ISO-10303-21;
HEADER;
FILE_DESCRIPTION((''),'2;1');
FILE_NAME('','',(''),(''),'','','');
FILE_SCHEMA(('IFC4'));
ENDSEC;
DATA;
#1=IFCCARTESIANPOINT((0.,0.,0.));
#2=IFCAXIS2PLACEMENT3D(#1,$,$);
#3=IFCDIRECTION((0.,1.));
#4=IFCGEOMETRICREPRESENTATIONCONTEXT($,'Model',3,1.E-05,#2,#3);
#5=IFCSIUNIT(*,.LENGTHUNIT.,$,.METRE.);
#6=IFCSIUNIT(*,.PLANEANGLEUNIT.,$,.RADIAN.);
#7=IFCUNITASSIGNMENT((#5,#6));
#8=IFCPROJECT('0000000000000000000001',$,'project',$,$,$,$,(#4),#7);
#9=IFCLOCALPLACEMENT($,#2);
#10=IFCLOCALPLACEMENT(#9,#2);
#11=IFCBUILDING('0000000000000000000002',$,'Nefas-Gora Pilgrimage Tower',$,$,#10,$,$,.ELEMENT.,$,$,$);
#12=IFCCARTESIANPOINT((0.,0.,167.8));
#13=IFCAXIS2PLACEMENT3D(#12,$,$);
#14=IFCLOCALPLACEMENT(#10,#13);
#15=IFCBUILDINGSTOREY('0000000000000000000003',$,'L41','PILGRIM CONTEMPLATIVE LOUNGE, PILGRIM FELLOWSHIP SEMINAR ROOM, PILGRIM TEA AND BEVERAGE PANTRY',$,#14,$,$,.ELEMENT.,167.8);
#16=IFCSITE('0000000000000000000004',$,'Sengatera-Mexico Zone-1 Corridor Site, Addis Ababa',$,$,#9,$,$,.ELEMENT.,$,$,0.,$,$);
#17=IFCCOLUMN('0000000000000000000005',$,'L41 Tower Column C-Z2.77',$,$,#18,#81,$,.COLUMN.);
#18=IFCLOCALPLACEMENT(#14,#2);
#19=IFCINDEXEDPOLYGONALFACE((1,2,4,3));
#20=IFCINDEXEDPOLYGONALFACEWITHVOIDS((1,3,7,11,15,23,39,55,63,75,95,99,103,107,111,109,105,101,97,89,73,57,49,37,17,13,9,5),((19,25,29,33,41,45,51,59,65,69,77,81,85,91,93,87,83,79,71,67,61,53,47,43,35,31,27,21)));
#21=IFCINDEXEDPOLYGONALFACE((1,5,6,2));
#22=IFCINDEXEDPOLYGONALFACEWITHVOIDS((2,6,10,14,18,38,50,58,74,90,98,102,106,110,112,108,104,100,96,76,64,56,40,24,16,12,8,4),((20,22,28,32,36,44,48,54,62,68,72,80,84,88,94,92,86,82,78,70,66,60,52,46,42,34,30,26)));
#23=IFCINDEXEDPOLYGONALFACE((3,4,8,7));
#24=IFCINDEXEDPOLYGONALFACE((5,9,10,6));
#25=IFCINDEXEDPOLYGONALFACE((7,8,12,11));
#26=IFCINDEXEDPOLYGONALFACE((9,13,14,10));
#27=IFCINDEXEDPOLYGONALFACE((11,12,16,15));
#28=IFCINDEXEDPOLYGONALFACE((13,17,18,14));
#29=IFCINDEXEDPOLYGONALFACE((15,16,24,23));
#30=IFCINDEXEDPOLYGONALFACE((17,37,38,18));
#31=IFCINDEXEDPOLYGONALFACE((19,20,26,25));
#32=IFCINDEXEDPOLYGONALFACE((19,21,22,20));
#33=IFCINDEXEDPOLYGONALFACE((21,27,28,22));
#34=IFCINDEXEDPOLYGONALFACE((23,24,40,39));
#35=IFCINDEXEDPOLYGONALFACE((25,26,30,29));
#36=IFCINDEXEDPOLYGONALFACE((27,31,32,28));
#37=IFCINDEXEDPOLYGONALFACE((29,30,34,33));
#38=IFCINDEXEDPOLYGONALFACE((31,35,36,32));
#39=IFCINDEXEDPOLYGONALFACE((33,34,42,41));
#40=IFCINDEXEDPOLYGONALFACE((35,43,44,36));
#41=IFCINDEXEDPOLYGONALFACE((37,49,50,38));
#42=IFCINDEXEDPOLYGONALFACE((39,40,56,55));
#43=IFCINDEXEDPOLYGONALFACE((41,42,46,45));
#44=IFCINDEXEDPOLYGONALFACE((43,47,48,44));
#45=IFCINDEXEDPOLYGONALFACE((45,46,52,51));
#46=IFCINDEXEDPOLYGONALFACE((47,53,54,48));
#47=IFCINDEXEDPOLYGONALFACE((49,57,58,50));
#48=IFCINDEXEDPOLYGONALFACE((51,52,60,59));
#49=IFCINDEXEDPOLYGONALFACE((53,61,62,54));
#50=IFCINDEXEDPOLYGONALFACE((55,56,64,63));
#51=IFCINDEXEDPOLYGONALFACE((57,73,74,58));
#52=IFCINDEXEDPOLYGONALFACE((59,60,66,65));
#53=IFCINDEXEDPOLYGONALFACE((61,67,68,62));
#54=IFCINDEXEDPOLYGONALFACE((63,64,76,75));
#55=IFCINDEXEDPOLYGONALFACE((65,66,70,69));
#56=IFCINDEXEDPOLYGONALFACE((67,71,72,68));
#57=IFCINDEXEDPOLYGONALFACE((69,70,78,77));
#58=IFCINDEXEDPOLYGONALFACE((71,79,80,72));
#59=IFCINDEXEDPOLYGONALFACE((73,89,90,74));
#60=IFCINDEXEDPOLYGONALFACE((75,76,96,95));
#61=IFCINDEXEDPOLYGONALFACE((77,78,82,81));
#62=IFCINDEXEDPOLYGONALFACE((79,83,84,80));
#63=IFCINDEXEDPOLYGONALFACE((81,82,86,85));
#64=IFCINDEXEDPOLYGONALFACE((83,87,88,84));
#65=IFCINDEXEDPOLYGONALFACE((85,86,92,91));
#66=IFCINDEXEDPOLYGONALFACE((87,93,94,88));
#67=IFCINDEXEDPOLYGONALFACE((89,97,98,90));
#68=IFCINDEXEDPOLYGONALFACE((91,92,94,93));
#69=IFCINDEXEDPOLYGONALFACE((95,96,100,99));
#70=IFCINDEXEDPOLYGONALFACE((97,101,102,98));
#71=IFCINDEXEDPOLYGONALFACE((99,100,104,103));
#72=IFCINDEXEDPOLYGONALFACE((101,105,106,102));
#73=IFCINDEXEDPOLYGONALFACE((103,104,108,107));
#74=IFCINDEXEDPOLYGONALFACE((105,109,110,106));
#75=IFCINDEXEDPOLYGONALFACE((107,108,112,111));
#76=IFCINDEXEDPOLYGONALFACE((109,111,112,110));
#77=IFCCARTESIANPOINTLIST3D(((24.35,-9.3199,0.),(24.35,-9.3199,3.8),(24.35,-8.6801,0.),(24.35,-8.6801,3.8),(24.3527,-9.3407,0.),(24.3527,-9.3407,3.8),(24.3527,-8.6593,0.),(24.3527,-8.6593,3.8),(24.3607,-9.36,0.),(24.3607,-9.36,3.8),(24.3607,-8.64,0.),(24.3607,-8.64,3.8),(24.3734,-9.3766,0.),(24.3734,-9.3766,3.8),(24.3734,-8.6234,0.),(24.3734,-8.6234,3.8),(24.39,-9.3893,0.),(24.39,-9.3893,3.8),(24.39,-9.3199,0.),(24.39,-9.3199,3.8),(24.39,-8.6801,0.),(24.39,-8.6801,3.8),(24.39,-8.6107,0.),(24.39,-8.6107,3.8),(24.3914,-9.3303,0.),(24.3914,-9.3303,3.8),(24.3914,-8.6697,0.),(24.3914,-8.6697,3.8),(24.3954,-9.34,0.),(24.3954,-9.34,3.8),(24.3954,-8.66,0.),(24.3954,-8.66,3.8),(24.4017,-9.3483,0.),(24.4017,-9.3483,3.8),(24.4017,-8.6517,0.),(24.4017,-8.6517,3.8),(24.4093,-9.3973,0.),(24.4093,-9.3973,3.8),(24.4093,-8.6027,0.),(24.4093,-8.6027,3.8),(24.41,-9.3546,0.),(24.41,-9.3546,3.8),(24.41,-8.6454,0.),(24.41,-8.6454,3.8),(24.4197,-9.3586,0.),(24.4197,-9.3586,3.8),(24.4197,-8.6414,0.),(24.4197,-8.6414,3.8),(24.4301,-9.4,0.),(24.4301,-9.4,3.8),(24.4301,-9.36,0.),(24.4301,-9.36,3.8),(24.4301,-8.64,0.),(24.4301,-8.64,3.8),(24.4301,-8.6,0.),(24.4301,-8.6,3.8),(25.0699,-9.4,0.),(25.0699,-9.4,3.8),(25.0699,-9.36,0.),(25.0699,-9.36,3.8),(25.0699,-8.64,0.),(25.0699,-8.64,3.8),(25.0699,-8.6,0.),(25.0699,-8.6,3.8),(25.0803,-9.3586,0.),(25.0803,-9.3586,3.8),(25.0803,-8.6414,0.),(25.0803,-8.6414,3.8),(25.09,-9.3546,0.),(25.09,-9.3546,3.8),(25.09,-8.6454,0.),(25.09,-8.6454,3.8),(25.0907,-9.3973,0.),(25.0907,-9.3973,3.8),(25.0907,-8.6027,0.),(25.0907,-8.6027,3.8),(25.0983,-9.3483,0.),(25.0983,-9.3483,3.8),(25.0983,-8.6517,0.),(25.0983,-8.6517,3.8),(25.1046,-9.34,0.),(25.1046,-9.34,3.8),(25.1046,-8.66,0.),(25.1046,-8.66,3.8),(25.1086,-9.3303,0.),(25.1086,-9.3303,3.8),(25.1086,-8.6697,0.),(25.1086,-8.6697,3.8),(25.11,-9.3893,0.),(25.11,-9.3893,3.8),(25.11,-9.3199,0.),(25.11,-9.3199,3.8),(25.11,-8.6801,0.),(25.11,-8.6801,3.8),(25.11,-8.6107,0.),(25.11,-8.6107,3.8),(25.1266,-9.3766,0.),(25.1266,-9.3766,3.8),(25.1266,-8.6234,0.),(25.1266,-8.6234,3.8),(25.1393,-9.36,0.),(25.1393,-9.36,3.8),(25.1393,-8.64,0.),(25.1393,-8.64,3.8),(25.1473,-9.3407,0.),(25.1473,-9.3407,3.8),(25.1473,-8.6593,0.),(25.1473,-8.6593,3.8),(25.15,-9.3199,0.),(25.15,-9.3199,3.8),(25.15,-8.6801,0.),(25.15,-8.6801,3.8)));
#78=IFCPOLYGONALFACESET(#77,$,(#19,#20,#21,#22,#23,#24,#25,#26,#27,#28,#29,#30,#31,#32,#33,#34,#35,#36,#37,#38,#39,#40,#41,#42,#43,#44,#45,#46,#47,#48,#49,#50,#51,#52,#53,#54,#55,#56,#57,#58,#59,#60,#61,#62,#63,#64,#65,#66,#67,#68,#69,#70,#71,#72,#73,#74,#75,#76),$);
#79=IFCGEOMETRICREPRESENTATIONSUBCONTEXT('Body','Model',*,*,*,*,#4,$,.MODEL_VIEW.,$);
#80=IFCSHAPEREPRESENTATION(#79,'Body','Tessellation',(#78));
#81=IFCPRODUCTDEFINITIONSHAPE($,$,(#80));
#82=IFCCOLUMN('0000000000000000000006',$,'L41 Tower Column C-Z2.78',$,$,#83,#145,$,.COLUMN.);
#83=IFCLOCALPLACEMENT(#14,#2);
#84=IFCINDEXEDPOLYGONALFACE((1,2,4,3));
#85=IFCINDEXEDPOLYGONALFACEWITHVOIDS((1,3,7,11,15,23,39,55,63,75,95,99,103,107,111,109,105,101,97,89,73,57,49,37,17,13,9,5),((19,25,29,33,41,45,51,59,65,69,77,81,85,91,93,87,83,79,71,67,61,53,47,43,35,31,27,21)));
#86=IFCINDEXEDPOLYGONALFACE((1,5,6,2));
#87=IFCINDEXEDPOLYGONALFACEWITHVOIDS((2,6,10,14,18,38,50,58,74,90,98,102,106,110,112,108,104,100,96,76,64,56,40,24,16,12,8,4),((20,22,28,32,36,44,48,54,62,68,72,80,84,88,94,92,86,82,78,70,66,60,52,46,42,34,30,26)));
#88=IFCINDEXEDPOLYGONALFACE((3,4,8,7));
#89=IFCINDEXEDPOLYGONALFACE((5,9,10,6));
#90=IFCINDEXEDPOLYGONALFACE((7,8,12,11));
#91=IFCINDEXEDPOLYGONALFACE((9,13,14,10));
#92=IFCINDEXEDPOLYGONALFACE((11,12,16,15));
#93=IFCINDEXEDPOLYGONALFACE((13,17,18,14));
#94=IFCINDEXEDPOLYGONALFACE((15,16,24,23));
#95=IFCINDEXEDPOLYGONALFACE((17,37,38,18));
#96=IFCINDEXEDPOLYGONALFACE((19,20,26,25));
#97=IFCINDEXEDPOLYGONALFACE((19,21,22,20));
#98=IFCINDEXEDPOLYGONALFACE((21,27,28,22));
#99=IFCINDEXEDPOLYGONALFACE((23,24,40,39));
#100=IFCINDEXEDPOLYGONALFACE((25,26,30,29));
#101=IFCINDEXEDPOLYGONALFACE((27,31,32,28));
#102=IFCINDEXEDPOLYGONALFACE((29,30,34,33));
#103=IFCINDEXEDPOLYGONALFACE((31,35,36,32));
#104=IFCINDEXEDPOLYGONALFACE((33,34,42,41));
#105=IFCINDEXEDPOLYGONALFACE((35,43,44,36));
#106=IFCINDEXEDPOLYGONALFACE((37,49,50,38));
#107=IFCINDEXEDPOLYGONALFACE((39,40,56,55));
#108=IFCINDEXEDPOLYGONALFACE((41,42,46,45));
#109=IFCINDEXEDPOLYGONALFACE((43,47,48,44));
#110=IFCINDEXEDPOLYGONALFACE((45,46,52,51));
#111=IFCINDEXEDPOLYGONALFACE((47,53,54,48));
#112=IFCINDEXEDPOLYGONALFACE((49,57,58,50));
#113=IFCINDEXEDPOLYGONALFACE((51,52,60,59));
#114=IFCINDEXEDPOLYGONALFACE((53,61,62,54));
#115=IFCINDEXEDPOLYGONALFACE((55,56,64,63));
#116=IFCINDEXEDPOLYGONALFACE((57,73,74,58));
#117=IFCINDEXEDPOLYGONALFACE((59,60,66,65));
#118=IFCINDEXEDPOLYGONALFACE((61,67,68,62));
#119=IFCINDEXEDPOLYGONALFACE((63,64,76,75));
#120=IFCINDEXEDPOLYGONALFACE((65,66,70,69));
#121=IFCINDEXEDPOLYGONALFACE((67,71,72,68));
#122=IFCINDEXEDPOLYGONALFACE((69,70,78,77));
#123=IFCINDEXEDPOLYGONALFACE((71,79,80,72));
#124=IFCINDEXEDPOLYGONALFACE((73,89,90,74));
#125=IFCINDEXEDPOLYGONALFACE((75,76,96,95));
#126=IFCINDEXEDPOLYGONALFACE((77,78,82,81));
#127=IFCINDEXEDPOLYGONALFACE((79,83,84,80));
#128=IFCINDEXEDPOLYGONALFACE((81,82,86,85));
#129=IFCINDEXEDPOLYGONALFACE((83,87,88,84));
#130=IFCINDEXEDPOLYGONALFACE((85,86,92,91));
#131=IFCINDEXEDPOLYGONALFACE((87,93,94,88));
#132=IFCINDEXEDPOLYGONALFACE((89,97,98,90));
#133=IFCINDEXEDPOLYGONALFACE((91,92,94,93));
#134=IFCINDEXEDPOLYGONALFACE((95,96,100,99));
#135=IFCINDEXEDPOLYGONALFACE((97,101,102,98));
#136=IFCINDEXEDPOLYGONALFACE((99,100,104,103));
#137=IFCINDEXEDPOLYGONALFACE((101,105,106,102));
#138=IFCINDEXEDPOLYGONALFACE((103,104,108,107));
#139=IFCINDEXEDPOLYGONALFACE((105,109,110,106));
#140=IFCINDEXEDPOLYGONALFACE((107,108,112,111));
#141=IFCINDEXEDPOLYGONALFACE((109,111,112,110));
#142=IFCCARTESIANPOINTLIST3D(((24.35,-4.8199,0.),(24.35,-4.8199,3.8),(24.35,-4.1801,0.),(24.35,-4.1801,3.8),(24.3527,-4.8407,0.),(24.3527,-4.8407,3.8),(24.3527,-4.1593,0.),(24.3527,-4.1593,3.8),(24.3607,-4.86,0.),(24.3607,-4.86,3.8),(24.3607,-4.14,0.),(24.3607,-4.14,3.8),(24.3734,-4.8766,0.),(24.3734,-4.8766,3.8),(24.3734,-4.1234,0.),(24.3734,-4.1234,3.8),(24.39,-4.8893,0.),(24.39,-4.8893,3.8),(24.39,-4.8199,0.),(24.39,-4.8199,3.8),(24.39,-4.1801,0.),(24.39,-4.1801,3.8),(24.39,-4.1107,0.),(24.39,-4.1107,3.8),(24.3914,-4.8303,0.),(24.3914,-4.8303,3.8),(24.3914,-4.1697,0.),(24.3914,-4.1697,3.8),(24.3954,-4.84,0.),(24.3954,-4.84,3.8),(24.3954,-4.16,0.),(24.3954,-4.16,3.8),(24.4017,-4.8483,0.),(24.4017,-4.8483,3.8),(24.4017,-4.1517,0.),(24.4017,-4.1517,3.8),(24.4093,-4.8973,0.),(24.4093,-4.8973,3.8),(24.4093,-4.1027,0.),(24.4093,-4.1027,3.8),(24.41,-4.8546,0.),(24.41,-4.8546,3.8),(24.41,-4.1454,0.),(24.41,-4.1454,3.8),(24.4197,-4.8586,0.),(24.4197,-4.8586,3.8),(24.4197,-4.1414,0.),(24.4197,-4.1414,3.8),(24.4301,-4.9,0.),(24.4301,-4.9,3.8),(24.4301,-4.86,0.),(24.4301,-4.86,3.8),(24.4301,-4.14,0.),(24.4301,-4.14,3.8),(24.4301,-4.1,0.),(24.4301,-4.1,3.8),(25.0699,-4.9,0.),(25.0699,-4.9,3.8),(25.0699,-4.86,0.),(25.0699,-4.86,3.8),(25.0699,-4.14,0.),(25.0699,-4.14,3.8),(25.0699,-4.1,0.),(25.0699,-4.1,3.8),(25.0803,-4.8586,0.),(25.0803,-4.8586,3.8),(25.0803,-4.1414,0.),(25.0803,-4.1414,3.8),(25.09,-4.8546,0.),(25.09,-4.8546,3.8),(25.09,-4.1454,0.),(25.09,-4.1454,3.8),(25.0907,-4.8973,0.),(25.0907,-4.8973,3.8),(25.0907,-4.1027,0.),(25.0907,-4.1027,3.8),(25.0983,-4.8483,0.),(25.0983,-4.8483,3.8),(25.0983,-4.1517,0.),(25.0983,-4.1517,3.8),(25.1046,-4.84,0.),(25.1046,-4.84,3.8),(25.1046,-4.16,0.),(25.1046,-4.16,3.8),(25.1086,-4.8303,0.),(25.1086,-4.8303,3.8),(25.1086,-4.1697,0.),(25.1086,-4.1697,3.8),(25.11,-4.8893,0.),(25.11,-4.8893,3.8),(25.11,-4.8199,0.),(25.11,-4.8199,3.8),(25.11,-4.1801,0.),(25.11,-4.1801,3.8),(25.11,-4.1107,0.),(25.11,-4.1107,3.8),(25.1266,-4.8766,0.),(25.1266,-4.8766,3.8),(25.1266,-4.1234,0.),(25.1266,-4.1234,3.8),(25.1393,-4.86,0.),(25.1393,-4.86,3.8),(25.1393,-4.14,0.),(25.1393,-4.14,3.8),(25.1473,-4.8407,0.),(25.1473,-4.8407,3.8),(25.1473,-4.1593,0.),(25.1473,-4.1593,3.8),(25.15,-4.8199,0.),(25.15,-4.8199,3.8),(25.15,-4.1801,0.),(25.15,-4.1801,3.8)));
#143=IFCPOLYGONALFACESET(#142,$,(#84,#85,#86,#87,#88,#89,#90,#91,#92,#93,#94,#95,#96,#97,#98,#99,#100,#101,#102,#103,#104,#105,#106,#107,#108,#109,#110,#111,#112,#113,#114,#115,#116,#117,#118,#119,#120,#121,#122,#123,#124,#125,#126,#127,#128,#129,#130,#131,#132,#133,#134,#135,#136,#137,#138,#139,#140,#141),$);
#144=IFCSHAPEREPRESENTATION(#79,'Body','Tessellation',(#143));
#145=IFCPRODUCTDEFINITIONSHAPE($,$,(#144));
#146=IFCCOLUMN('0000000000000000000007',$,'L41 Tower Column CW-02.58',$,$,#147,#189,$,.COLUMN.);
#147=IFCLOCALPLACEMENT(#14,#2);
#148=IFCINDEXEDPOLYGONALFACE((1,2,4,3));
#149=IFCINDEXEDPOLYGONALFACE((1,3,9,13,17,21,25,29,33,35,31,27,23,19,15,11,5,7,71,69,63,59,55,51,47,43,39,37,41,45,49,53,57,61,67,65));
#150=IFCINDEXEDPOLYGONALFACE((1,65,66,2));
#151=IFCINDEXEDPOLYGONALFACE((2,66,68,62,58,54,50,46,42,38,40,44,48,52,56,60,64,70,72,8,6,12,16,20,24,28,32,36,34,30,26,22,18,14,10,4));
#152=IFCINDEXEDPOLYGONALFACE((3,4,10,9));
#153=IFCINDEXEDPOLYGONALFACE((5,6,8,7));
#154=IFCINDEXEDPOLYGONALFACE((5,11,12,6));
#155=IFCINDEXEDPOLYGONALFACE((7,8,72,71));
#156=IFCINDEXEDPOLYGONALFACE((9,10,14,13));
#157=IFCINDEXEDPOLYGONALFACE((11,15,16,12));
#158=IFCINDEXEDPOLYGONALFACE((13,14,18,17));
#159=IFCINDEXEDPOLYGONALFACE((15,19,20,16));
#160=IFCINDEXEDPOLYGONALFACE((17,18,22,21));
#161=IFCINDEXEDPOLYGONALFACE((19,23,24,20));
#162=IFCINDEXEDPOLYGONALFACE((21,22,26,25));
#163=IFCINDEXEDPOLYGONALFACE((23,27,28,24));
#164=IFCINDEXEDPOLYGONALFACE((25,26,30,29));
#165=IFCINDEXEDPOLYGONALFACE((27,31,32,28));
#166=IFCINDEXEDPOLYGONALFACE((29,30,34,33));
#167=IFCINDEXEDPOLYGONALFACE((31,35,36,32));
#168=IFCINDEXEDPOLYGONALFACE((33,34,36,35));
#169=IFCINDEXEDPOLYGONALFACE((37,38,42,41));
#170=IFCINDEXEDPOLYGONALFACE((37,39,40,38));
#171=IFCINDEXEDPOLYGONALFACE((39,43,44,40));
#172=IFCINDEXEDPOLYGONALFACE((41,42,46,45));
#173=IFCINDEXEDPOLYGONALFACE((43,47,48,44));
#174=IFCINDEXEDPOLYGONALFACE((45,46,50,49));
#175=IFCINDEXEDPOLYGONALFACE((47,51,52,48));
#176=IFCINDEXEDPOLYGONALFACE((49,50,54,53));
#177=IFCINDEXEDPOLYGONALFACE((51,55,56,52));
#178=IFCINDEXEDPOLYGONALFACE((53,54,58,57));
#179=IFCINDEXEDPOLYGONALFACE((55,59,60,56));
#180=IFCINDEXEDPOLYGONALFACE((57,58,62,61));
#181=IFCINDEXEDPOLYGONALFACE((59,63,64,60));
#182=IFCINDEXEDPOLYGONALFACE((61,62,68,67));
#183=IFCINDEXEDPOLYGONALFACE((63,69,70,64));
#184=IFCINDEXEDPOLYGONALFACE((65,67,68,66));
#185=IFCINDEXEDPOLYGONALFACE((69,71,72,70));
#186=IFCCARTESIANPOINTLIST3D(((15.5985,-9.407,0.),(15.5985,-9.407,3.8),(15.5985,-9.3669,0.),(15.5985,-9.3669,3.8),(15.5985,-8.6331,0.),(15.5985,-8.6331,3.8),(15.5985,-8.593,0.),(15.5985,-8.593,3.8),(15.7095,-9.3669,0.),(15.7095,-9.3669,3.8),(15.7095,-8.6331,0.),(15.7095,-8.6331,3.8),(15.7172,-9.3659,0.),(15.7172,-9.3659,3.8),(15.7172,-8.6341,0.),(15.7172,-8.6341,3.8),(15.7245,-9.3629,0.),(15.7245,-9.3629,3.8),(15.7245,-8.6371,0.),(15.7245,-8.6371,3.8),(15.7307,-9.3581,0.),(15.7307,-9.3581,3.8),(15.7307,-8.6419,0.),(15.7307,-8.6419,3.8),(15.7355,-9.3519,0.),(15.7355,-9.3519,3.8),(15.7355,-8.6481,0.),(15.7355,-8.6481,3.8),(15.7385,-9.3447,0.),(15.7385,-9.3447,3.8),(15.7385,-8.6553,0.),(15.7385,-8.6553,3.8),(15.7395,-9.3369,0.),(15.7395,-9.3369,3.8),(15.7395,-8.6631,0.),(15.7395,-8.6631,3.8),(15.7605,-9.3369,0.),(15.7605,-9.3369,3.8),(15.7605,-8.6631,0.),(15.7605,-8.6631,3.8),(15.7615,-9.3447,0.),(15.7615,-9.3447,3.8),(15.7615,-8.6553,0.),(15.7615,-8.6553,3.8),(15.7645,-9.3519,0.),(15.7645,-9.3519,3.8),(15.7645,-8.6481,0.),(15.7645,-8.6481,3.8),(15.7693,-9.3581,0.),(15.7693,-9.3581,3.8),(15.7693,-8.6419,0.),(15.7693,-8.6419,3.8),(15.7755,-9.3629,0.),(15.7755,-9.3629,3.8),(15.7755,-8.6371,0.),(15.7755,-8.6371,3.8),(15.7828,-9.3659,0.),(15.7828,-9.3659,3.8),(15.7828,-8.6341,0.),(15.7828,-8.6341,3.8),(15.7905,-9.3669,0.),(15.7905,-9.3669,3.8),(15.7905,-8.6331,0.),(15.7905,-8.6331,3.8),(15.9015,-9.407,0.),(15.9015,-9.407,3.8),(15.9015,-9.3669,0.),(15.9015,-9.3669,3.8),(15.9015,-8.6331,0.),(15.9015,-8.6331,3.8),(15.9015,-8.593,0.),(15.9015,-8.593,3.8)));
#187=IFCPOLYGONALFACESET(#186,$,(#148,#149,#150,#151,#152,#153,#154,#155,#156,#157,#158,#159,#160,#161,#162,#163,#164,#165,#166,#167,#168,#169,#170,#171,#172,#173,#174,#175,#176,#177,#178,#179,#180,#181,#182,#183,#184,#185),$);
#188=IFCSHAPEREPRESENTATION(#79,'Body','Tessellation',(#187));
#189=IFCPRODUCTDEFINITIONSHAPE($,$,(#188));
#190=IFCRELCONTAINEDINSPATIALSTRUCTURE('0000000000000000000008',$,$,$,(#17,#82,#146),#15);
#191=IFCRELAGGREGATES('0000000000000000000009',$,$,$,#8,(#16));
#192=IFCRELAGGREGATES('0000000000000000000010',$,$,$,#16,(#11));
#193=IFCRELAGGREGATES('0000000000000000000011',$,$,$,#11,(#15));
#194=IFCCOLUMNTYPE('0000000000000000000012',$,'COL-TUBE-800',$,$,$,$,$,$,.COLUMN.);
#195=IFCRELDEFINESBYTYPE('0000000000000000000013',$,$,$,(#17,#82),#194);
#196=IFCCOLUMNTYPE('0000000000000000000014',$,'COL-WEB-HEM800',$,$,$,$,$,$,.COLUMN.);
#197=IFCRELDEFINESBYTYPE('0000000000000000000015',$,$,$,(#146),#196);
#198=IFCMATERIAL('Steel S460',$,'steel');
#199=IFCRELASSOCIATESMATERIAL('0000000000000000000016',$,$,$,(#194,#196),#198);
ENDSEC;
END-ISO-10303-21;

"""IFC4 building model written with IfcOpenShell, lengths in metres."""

from ifc_helpers import new_model, si_unit, direction, frame, origin, origin_2d, place, context, subcontext, project, spatial, hollow_rectangle, i_section, extrude, source, transform, mapped, material, material_profile, profile_set, type_object, element, save


model = new_model("IFC4")

# Units and contexts
model_context = context("Model", 3, precision=1e-05, world=origin(), true_north=direction((0.0, 1.0)))
body_context = subcontext(model_context, "Body", "Model", "MODEL_VIEW")
ifc_project = project(units=[si_unit("LENGTHUNIT", "METRE"), si_unit("PLANEANGLEUNIT", "RADIAN")], contexts=[model_context])

# Site, building, storey
site_placement = place(None, origin())
site = spatial("IfcSite", under=ifc_project, at=site_placement, Name="Sengatera-Mexico Zone-1 Corridor Site, Addis Ababa", CompositionType="ELEMENT", RefElevation=0.0)
building_placement = place(site_placement, origin())
building = spatial("IfcBuilding", under=site, at=building_placement, Name="Nefas-Gora Pilgrimage Tower", CompositionType="ELEMENT")
storey_placement = place(building_placement, frame((0.0, 0.0, 167.8)))
storey = spatial("IfcBuildingStorey", under=building, at=storey_placement, Name="L41", Description="PILGRIM CONTEMPLATIVE LOUNGE, PILGRIM FELLOWSHIP SEMINAR ROOM, PILGRIM TEA AND BEVERAGE PANTRY", CompositionType="ELEMENT", Elevation=167.8)

# Columns
ifc_material_1 = material(Name="Steel S460", Category="steel")
ifc_material_profile_1 = material_profile(ifc_material_1, hollow_rectangle(XDim=0.8, YDim=0.8, WallThickness=0.04, InnerFilletRadius=0.04, OuterFilletRadius=0.0801, at=origin_2d()), Name="BOX 800x800x40")
ifc_profile_set_1 = profile_set([ifc_material_profile_1], Name="Steel S460")
column_type_1 = type_object("IfcColumnType", Name="COL-TUBE-800", PredefinedType="COLUMN", material=ifc_profile_set_1)
shared_shape_1 = source(origin(), body_context, "Body", "SweptSolid", [
    extrude(hollow_rectangle(XDim=0.8, YDim=0.8, WallThickness=0.04, InnerFilletRadius=0.04, OuterFilletRadius=0.0801, at=origin_2d()), origin(), (0.0, 0.0, 1.0), 3.8),
])
for number, where, z_axis, x_axis, name in (
    (1, (24.75, -9.0, 0.0), (0.0, 0.0, 1.0), (1.0, 0.0, 0.0), "L41 Tower Column C-Z2.77"),
    (2, (24.75, -4.5, 0.0), (0.0, 0.0, 1.0), (1.0, 0.0, 0.0), "L41 Tower Column C-Z2.78"),
):
    element("IfcColumn", number, at=place(storey_placement, frame(where, z_axis=z_axis, x_axis=x_axis)), inside=storey, type_object=column_type_1, Name=name, PredefinedType="COLUMN", context=body_context, shape_type="MappedRepresentation", body=[
        mapped(shared_shape_1, transform((0.0, 0.0, 0.0), x_axis=(1.0, 0.0, 0.0), y_axis=(0.0, 1.0, 0.0), z_axis=(0.0, 0.0, 1.0), scale=1.0)),
    ])
ifc_material_profile_2 = material_profile(ifc_material_1, i_section(OverallWidth=0.303, OverallDepth=0.814, WebThickness=0.021, FlangeThickness=0.04, FilletRadius=0.03, at=origin_2d()), Name="HEM 800")
ifc_profile_set_2 = profile_set([ifc_material_profile_2], Name="Steel S460")
column_type_2 = type_object("IfcColumnType", Name="COL-WEB-HEM800", PredefinedType="COLUMN", material=ifc_profile_set_2)
shared_shape_2 = source(origin(), body_context, "Body", "SweptSolid", [
    extrude(i_section(OverallWidth=0.303, OverallDepth=0.814, WebThickness=0.021, FlangeThickness=0.04, FilletRadius=0.03, at=origin_2d()), origin(), (0.0, 0.0, 1.0), 3.8),
])
for number, where, z_axis, x_axis, name in (
    (3, (15.75, -9.0, 0.0), (0.0, 0.0, 1.0), (1.0, 0.0, 0.0), "L41 Tower Column CW-02.58"),
):
    element("IfcColumn", number, at=place(storey_placement, frame(where, z_axis=z_axis, x_axis=x_axis)), inside=storey, type_object=column_type_2, Name=name, PredefinedType="COLUMN", context=body_context, shape_type="MappedRepresentation", body=[
        mapped(shared_shape_2, transform((0.0, 0.0, 0.0), x_axis=(1.0, 0.0, 0.0), y_axis=(0.0, 1.0, 0.0), z_axis=(0.0, 0.0, 1.0), scale=1.0)),
    ])

save(model, "model.ifc")
